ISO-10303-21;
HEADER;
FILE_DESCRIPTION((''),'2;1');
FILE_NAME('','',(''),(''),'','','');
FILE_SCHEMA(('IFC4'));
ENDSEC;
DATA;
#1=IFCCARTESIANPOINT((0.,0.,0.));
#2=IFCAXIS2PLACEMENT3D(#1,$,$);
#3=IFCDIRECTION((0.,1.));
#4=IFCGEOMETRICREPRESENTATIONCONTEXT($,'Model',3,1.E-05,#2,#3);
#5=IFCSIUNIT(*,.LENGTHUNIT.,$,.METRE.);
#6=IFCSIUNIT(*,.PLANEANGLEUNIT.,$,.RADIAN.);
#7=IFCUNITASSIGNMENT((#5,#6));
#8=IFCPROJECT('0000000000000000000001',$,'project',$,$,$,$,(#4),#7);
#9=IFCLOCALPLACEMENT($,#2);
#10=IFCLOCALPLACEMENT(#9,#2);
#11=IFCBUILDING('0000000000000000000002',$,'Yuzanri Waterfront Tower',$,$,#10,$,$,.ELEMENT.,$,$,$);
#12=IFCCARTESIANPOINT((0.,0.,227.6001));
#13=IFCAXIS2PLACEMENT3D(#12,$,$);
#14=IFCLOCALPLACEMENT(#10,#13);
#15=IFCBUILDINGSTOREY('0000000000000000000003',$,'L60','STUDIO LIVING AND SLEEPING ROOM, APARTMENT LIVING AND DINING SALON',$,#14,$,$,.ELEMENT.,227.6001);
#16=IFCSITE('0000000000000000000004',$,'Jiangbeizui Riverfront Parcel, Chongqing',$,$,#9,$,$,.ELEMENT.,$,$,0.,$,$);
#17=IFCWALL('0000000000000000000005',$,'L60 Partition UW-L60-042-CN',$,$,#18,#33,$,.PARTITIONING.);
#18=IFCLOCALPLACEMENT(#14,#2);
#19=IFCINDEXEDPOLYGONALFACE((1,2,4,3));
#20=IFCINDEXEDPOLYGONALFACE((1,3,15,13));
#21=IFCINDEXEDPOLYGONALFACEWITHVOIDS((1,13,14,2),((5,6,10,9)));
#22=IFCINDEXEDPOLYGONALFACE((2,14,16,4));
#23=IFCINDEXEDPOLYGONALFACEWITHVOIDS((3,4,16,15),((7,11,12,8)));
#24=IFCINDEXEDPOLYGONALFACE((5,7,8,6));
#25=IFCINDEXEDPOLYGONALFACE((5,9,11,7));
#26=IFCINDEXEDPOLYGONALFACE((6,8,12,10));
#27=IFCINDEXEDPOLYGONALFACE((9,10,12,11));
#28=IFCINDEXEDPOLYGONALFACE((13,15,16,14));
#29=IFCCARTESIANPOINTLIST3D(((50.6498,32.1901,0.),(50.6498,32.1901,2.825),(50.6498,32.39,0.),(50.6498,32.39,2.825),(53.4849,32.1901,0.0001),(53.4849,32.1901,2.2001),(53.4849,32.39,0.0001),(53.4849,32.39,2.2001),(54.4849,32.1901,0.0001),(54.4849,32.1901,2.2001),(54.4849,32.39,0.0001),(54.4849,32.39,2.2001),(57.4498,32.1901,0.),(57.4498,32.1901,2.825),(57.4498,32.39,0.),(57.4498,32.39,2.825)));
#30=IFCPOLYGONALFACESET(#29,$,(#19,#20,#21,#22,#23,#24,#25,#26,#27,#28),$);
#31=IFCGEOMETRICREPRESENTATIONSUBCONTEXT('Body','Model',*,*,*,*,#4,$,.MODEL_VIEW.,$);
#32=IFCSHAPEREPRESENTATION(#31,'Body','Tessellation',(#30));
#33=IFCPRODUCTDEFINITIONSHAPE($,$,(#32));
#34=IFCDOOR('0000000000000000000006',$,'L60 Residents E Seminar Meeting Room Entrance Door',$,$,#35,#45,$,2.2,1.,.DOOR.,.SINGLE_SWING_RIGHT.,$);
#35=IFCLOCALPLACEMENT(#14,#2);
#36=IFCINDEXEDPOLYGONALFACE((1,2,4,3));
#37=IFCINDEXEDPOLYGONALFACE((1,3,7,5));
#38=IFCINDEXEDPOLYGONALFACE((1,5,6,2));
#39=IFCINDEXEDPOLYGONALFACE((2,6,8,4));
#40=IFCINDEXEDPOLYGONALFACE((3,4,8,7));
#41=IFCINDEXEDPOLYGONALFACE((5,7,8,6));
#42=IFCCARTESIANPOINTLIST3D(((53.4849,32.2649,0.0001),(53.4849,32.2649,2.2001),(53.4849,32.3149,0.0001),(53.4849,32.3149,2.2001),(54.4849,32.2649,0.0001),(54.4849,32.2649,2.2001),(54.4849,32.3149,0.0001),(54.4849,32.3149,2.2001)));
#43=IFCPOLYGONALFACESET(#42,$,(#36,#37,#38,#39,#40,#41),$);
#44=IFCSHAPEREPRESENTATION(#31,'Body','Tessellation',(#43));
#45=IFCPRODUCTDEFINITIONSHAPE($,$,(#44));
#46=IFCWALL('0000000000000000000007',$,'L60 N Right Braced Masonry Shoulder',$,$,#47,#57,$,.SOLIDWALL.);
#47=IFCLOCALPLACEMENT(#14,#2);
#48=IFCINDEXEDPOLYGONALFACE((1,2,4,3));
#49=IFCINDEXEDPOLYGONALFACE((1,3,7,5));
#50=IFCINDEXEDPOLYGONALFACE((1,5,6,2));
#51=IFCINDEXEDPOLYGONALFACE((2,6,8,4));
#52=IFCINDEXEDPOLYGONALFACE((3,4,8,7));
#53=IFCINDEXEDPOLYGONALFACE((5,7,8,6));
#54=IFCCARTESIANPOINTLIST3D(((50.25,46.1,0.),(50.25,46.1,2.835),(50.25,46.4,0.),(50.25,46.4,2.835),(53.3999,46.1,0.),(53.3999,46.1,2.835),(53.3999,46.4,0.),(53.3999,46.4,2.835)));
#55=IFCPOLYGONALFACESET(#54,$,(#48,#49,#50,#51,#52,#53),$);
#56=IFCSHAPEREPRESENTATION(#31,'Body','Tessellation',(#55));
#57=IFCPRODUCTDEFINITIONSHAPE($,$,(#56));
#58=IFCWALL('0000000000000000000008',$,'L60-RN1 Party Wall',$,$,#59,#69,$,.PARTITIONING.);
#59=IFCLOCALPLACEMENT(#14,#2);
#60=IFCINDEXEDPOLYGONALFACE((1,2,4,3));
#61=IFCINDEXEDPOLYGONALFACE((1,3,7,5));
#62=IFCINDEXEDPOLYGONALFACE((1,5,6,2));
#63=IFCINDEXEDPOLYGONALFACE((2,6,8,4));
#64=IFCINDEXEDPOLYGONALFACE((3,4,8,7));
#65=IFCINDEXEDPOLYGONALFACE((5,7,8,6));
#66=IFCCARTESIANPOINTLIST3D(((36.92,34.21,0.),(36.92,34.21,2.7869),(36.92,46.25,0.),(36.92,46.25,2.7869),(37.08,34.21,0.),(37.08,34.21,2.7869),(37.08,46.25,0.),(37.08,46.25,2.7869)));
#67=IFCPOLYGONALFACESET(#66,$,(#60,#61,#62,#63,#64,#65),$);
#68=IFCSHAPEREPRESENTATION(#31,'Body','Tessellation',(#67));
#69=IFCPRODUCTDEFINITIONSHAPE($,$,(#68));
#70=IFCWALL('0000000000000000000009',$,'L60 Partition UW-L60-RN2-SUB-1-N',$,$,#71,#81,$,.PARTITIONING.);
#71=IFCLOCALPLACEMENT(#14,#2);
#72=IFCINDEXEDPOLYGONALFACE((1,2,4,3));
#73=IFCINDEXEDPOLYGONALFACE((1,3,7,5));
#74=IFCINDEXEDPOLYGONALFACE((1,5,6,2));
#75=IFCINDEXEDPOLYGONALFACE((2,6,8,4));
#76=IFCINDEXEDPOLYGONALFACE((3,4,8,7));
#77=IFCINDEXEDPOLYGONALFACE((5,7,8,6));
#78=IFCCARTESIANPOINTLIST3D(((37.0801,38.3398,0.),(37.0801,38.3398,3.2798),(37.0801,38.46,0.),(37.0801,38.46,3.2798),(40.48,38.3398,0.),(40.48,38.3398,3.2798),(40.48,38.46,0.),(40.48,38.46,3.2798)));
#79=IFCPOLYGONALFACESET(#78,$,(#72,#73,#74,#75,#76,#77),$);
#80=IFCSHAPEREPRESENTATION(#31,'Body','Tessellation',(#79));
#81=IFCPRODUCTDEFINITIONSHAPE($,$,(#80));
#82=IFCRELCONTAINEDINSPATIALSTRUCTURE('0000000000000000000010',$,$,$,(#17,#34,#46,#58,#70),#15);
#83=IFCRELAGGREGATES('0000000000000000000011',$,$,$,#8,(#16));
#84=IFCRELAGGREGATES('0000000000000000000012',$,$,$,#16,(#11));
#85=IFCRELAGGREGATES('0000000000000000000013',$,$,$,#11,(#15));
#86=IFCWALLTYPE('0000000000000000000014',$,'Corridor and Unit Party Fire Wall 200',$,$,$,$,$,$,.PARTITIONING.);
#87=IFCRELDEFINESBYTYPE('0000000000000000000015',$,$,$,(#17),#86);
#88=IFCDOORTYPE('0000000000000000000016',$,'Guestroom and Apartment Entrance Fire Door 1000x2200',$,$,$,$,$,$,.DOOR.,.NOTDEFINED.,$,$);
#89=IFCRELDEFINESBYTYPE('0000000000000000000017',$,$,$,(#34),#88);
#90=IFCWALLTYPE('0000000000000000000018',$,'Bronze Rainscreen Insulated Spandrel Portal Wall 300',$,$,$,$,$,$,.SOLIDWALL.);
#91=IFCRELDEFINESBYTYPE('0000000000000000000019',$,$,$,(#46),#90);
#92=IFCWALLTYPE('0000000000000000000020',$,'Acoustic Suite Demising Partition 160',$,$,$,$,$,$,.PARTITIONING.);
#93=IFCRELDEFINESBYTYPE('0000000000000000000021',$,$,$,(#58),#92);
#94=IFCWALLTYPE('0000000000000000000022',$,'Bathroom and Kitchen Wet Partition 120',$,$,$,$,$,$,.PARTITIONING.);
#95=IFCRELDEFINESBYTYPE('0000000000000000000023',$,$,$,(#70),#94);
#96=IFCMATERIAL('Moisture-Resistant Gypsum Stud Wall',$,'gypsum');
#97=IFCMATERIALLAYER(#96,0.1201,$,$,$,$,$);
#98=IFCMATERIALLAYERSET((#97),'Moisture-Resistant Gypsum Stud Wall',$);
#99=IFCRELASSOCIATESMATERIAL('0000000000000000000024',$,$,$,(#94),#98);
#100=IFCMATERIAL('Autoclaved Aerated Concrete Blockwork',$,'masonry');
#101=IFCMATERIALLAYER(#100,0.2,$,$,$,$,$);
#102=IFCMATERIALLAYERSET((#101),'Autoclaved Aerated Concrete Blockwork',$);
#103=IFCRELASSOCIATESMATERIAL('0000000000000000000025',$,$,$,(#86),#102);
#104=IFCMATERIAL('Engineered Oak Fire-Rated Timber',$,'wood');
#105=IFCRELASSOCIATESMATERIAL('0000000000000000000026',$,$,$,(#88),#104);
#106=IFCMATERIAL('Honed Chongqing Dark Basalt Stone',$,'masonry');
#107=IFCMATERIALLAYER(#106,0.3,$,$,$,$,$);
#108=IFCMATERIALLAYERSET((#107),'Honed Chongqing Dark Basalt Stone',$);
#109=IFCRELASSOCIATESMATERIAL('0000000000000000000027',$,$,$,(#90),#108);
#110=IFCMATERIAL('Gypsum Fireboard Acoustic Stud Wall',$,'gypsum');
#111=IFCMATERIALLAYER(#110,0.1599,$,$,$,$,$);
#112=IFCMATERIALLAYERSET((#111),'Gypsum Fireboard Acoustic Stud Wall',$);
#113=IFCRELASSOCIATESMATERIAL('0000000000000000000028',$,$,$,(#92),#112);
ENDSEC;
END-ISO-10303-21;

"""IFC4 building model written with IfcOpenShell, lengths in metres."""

from ifc_helpers import new_model, si_unit, direction, frame, frame_2d, origin, place, context, subcontext, project, spatial, rectangle, extrude, source, transform, mapped, material, layer, layer_set, type_object, element, fill, save


model = new_model("IFC4")

# Units and contexts
model_context = context("Model", 3, precision=1e-05, world=origin(), true_north=direction((0.0, 1.0)))
body_context = subcontext(model_context, "Body", "Model", "MODEL_VIEW")
ifc_project = project(units=[si_unit("LENGTHUNIT", "METRE"), si_unit("PLANEANGLEUNIT", "RADIAN")], contexts=[model_context])

# Site, building, storey
site_placement = place(None, origin())
site = spatial("IfcSite", under=ifc_project, at=site_placement, Name="Jiangbeizui Riverfront Parcel, Chongqing", CompositionType="ELEMENT", RefElevation=0.0)
building_placement = place(site_placement, origin())
building = spatial("IfcBuilding", under=site, at=building_placement, Name="Yuzanri Waterfront Tower", CompositionType="ELEMENT")
storey_placement = place(building_placement, frame((0.0, 0.0, 227.6001)))
storey = spatial("IfcBuildingStorey", under=building, at=storey_placement, Name="L60", Description="STUDIO LIVING AND SLEEPING ROOM, APARTMENT LIVING AND DINING SALON", CompositionType="ELEMENT", Elevation=227.6001)

# Wall, opening, door
ifc_material_1 = material(Name="Moisture-Resistant Gypsum Stud Wall", Category="gypsum")
ifc_layer_1 = layer(ifc_material_1, 0.1201)
ifc_layer_set_1 = layer_set([ifc_layer_1], Name="Moisture-Resistant Gypsum Stud Wall")
wall_type_1 = type_object("IfcWallType", Name="Bathroom and Kitchen Wet Partition 120", PredefinedType="PARTITIONING", material=ifc_layer_set_1)
ifc_material_2 = material(Name="Autoclaved Aerated Concrete Blockwork", Category="masonry")
ifc_layer_2 = layer(ifc_material_2, 0.2)
ifc_layer_set_2 = layer_set([ifc_layer_2], Name="Autoclaved Aerated Concrete Blockwork")
wall_type_2 = type_object("IfcWallType", Name="Corridor and Unit Party Fire Wall 200", PredefinedType="PARTITIONING", material=ifc_layer_set_2)
ifc_material_3 = material(Name="Engineered Oak Fire-Rated Timber", Category="wood")
door_type_1 = type_object("IfcDoorType", Name="Guestroom and Apartment Entrance Fire Door 1000x2200", OperationType="NOTDEFINED", PredefinedType="DOOR", material=ifc_material_3)
shared_shape_1 = source(origin(), body_context, "Body", "SweptSolid", [
    extrude(rectangle(XDim=1.0, YDim=2.2, at=frame_2d((0.5, 1.1001))), frame((0.0, 0.0249, 0.0), z_axis=(0.0, -1.0, 0.0), x_axis=(1.0, 0.0, 0.0)), (0.0, 0.0, 1.0), 0.05),
])
wall_1_placement = place(storey_placement, frame((50.6499, 32.29, 0.0), z_axis=(0.0, 0.0, 1.0), x_axis=(1.0, 0.0, 0.0)))
wall_1 = element("IfcWall", 1, at=wall_1_placement, inside=storey, type_object=wall_type_2, Name="L60 Partition UW-L60-042-CN", PredefinedType="PARTITIONING", context=body_context, shape_type="SweptSolid", body=[
    extrude(rectangle(XDim=6.8, YDim=0.2, at=frame_2d((3.3999, 0.0))), origin(), (0.0, 0.0, 1.0), 2.825),
])
opening_1_placement = place(wall_1_placement, frame((2.835, 0.0, 0.0)))
opening_1 = element("IfcOpeningElement", 2, at=opening_1_placement, cuts=wall_1, PredefinedType="OPENING", context=body_context, shape_type="SweptSolid", body=[
    extrude(rectangle(XDim=1.0, YDim=2.2, at=frame_2d((0.5, 1.1001))), frame((0.0, 0.1147, 0.0), z_axis=(0.0, -1.0, 0.0), x_axis=(1.0, 0.0, 0.0)), (0.0, 0.0, 1.0), 0.2297),
])
door_1_placement = place(opening_1_placement, origin())
door_1 = element("IfcDoor", 3, at=door_1_placement, inside=storey, type_object=door_type_1, Name="L60 Residents E Seminar Meeting Room Entrance Door", OperationType="SINGLE_SWING_RIGHT", OverallHeight=2.2, OverallWidth=1.0, PredefinedType="DOOR", context=body_context, shape_type="MappedRepresentation", body=[
    mapped(shared_shape_1, transform((0.0, 0.0, 0.0), scale=1.0)),
])
fill(opening_1, door_1)

# Walls
ifc_material_4 = material(Name="Honed Chongqing Dark Basalt Stone", Category="masonry")
ifc_layer_3 = layer(ifc_material_4, 0.3)
ifc_layer_set_3 = layer_set([ifc_layer_3], Name="Honed Chongqing Dark Basalt Stone")
wall_type_3 = type_object("IfcWallType", Name="Bronze Rainscreen Insulated Spandrel Portal Wall 300", PredefinedType="SOLIDWALL", material=ifc_layer_set_3)
shared_shape_2 = source(origin(), body_context, "Body", "SweptSolid", [
    extrude(rectangle(XDim=3.1499, YDim=0.3, at=frame_2d((1.575, 0.0))), origin(), (0.0, 0.0, 1.0), 2.835),
])
wall_2_placement = place(storey_placement, frame((50.25, 46.25, 0.0), z_axis=(0.0, 0.0, 1.0), x_axis=(1.0, 0.0, 0.0)))
element("IfcWall", 4, at=wall_2_placement, inside=storey, type_object=wall_type_3, Name="L60 N Right Braced Masonry Shoulder", PredefinedType="SOLIDWALL", context=body_context, shape_type="MappedRepresentation", body=[
    mapped(shared_shape_2, transform((0.0, 0.0, 0.0), scale=1.0)),
])
ifc_material_5 = material(Name="Gypsum Fireboard Acoustic Stud Wall", Category="gypsum")
ifc_layer_4 = layer(ifc_material_5, 0.1599)
ifc_layer_set_4 = layer_set([ifc_layer_4], Name="Gypsum Fireboard Acoustic Stud Wall")
wall_type_4 = type_object("IfcWallType", Name="Acoustic Suite Demising Partition 160", PredefinedType="PARTITIONING", material=ifc_layer_set_4)
shared_shape_3 = source(origin(), body_context, "Body", "SweptSolid", [
    extrude(rectangle(XDim=12.04, YDim=0.1599, at=frame_2d((6.02, 0.0))), origin(), (0.0, 0.0, 1.0), 2.7869),
])
wall_3_placement = place(storey_placement, frame((37.0, 34.21, 0.0), z_axis=(0.0, 0.0, 1.0), x_axis=(0.0, 1.0, 0.0)))
element("IfcWall", 5, at=wall_3_placement, inside=storey, type_object=wall_type_4, Name="L60-RN1 Party Wall", PredefinedType="PARTITIONING", context=body_context, shape_type="MappedRepresentation", body=[
    mapped(shared_shape_3, transform((0.0, 0.0, 0.0), scale=1.0)),
])
shared_shape_4 = source(origin(), body_context, "Body", "SweptSolid", [
    extrude(rectangle(XDim=3.3999, YDim=0.1201, at=frame_2d((1.7, 0.0))), origin(), (0.0, 0.0, 1.0), 3.2798),
])
wall_4_placement = place(storey_placement, frame((37.0801, 38.3999, 0.0), z_axis=(0.0, 0.0, 1.0), x_axis=(1.0, 0.0, 0.0)))
element("IfcWall", 6, at=wall_4_placement, inside=storey, type_object=wall_type_1, Name="L60 Partition UW-L60-RN2-SUB-1-N", PredefinedType="PARTITIONING", context=body_context, shape_type="MappedRepresentation", body=[
    mapped(shared_shape_4, transform((0.0, 0.0, 0.0), scale=1.0)),
])

save(model, "model.ifc")
